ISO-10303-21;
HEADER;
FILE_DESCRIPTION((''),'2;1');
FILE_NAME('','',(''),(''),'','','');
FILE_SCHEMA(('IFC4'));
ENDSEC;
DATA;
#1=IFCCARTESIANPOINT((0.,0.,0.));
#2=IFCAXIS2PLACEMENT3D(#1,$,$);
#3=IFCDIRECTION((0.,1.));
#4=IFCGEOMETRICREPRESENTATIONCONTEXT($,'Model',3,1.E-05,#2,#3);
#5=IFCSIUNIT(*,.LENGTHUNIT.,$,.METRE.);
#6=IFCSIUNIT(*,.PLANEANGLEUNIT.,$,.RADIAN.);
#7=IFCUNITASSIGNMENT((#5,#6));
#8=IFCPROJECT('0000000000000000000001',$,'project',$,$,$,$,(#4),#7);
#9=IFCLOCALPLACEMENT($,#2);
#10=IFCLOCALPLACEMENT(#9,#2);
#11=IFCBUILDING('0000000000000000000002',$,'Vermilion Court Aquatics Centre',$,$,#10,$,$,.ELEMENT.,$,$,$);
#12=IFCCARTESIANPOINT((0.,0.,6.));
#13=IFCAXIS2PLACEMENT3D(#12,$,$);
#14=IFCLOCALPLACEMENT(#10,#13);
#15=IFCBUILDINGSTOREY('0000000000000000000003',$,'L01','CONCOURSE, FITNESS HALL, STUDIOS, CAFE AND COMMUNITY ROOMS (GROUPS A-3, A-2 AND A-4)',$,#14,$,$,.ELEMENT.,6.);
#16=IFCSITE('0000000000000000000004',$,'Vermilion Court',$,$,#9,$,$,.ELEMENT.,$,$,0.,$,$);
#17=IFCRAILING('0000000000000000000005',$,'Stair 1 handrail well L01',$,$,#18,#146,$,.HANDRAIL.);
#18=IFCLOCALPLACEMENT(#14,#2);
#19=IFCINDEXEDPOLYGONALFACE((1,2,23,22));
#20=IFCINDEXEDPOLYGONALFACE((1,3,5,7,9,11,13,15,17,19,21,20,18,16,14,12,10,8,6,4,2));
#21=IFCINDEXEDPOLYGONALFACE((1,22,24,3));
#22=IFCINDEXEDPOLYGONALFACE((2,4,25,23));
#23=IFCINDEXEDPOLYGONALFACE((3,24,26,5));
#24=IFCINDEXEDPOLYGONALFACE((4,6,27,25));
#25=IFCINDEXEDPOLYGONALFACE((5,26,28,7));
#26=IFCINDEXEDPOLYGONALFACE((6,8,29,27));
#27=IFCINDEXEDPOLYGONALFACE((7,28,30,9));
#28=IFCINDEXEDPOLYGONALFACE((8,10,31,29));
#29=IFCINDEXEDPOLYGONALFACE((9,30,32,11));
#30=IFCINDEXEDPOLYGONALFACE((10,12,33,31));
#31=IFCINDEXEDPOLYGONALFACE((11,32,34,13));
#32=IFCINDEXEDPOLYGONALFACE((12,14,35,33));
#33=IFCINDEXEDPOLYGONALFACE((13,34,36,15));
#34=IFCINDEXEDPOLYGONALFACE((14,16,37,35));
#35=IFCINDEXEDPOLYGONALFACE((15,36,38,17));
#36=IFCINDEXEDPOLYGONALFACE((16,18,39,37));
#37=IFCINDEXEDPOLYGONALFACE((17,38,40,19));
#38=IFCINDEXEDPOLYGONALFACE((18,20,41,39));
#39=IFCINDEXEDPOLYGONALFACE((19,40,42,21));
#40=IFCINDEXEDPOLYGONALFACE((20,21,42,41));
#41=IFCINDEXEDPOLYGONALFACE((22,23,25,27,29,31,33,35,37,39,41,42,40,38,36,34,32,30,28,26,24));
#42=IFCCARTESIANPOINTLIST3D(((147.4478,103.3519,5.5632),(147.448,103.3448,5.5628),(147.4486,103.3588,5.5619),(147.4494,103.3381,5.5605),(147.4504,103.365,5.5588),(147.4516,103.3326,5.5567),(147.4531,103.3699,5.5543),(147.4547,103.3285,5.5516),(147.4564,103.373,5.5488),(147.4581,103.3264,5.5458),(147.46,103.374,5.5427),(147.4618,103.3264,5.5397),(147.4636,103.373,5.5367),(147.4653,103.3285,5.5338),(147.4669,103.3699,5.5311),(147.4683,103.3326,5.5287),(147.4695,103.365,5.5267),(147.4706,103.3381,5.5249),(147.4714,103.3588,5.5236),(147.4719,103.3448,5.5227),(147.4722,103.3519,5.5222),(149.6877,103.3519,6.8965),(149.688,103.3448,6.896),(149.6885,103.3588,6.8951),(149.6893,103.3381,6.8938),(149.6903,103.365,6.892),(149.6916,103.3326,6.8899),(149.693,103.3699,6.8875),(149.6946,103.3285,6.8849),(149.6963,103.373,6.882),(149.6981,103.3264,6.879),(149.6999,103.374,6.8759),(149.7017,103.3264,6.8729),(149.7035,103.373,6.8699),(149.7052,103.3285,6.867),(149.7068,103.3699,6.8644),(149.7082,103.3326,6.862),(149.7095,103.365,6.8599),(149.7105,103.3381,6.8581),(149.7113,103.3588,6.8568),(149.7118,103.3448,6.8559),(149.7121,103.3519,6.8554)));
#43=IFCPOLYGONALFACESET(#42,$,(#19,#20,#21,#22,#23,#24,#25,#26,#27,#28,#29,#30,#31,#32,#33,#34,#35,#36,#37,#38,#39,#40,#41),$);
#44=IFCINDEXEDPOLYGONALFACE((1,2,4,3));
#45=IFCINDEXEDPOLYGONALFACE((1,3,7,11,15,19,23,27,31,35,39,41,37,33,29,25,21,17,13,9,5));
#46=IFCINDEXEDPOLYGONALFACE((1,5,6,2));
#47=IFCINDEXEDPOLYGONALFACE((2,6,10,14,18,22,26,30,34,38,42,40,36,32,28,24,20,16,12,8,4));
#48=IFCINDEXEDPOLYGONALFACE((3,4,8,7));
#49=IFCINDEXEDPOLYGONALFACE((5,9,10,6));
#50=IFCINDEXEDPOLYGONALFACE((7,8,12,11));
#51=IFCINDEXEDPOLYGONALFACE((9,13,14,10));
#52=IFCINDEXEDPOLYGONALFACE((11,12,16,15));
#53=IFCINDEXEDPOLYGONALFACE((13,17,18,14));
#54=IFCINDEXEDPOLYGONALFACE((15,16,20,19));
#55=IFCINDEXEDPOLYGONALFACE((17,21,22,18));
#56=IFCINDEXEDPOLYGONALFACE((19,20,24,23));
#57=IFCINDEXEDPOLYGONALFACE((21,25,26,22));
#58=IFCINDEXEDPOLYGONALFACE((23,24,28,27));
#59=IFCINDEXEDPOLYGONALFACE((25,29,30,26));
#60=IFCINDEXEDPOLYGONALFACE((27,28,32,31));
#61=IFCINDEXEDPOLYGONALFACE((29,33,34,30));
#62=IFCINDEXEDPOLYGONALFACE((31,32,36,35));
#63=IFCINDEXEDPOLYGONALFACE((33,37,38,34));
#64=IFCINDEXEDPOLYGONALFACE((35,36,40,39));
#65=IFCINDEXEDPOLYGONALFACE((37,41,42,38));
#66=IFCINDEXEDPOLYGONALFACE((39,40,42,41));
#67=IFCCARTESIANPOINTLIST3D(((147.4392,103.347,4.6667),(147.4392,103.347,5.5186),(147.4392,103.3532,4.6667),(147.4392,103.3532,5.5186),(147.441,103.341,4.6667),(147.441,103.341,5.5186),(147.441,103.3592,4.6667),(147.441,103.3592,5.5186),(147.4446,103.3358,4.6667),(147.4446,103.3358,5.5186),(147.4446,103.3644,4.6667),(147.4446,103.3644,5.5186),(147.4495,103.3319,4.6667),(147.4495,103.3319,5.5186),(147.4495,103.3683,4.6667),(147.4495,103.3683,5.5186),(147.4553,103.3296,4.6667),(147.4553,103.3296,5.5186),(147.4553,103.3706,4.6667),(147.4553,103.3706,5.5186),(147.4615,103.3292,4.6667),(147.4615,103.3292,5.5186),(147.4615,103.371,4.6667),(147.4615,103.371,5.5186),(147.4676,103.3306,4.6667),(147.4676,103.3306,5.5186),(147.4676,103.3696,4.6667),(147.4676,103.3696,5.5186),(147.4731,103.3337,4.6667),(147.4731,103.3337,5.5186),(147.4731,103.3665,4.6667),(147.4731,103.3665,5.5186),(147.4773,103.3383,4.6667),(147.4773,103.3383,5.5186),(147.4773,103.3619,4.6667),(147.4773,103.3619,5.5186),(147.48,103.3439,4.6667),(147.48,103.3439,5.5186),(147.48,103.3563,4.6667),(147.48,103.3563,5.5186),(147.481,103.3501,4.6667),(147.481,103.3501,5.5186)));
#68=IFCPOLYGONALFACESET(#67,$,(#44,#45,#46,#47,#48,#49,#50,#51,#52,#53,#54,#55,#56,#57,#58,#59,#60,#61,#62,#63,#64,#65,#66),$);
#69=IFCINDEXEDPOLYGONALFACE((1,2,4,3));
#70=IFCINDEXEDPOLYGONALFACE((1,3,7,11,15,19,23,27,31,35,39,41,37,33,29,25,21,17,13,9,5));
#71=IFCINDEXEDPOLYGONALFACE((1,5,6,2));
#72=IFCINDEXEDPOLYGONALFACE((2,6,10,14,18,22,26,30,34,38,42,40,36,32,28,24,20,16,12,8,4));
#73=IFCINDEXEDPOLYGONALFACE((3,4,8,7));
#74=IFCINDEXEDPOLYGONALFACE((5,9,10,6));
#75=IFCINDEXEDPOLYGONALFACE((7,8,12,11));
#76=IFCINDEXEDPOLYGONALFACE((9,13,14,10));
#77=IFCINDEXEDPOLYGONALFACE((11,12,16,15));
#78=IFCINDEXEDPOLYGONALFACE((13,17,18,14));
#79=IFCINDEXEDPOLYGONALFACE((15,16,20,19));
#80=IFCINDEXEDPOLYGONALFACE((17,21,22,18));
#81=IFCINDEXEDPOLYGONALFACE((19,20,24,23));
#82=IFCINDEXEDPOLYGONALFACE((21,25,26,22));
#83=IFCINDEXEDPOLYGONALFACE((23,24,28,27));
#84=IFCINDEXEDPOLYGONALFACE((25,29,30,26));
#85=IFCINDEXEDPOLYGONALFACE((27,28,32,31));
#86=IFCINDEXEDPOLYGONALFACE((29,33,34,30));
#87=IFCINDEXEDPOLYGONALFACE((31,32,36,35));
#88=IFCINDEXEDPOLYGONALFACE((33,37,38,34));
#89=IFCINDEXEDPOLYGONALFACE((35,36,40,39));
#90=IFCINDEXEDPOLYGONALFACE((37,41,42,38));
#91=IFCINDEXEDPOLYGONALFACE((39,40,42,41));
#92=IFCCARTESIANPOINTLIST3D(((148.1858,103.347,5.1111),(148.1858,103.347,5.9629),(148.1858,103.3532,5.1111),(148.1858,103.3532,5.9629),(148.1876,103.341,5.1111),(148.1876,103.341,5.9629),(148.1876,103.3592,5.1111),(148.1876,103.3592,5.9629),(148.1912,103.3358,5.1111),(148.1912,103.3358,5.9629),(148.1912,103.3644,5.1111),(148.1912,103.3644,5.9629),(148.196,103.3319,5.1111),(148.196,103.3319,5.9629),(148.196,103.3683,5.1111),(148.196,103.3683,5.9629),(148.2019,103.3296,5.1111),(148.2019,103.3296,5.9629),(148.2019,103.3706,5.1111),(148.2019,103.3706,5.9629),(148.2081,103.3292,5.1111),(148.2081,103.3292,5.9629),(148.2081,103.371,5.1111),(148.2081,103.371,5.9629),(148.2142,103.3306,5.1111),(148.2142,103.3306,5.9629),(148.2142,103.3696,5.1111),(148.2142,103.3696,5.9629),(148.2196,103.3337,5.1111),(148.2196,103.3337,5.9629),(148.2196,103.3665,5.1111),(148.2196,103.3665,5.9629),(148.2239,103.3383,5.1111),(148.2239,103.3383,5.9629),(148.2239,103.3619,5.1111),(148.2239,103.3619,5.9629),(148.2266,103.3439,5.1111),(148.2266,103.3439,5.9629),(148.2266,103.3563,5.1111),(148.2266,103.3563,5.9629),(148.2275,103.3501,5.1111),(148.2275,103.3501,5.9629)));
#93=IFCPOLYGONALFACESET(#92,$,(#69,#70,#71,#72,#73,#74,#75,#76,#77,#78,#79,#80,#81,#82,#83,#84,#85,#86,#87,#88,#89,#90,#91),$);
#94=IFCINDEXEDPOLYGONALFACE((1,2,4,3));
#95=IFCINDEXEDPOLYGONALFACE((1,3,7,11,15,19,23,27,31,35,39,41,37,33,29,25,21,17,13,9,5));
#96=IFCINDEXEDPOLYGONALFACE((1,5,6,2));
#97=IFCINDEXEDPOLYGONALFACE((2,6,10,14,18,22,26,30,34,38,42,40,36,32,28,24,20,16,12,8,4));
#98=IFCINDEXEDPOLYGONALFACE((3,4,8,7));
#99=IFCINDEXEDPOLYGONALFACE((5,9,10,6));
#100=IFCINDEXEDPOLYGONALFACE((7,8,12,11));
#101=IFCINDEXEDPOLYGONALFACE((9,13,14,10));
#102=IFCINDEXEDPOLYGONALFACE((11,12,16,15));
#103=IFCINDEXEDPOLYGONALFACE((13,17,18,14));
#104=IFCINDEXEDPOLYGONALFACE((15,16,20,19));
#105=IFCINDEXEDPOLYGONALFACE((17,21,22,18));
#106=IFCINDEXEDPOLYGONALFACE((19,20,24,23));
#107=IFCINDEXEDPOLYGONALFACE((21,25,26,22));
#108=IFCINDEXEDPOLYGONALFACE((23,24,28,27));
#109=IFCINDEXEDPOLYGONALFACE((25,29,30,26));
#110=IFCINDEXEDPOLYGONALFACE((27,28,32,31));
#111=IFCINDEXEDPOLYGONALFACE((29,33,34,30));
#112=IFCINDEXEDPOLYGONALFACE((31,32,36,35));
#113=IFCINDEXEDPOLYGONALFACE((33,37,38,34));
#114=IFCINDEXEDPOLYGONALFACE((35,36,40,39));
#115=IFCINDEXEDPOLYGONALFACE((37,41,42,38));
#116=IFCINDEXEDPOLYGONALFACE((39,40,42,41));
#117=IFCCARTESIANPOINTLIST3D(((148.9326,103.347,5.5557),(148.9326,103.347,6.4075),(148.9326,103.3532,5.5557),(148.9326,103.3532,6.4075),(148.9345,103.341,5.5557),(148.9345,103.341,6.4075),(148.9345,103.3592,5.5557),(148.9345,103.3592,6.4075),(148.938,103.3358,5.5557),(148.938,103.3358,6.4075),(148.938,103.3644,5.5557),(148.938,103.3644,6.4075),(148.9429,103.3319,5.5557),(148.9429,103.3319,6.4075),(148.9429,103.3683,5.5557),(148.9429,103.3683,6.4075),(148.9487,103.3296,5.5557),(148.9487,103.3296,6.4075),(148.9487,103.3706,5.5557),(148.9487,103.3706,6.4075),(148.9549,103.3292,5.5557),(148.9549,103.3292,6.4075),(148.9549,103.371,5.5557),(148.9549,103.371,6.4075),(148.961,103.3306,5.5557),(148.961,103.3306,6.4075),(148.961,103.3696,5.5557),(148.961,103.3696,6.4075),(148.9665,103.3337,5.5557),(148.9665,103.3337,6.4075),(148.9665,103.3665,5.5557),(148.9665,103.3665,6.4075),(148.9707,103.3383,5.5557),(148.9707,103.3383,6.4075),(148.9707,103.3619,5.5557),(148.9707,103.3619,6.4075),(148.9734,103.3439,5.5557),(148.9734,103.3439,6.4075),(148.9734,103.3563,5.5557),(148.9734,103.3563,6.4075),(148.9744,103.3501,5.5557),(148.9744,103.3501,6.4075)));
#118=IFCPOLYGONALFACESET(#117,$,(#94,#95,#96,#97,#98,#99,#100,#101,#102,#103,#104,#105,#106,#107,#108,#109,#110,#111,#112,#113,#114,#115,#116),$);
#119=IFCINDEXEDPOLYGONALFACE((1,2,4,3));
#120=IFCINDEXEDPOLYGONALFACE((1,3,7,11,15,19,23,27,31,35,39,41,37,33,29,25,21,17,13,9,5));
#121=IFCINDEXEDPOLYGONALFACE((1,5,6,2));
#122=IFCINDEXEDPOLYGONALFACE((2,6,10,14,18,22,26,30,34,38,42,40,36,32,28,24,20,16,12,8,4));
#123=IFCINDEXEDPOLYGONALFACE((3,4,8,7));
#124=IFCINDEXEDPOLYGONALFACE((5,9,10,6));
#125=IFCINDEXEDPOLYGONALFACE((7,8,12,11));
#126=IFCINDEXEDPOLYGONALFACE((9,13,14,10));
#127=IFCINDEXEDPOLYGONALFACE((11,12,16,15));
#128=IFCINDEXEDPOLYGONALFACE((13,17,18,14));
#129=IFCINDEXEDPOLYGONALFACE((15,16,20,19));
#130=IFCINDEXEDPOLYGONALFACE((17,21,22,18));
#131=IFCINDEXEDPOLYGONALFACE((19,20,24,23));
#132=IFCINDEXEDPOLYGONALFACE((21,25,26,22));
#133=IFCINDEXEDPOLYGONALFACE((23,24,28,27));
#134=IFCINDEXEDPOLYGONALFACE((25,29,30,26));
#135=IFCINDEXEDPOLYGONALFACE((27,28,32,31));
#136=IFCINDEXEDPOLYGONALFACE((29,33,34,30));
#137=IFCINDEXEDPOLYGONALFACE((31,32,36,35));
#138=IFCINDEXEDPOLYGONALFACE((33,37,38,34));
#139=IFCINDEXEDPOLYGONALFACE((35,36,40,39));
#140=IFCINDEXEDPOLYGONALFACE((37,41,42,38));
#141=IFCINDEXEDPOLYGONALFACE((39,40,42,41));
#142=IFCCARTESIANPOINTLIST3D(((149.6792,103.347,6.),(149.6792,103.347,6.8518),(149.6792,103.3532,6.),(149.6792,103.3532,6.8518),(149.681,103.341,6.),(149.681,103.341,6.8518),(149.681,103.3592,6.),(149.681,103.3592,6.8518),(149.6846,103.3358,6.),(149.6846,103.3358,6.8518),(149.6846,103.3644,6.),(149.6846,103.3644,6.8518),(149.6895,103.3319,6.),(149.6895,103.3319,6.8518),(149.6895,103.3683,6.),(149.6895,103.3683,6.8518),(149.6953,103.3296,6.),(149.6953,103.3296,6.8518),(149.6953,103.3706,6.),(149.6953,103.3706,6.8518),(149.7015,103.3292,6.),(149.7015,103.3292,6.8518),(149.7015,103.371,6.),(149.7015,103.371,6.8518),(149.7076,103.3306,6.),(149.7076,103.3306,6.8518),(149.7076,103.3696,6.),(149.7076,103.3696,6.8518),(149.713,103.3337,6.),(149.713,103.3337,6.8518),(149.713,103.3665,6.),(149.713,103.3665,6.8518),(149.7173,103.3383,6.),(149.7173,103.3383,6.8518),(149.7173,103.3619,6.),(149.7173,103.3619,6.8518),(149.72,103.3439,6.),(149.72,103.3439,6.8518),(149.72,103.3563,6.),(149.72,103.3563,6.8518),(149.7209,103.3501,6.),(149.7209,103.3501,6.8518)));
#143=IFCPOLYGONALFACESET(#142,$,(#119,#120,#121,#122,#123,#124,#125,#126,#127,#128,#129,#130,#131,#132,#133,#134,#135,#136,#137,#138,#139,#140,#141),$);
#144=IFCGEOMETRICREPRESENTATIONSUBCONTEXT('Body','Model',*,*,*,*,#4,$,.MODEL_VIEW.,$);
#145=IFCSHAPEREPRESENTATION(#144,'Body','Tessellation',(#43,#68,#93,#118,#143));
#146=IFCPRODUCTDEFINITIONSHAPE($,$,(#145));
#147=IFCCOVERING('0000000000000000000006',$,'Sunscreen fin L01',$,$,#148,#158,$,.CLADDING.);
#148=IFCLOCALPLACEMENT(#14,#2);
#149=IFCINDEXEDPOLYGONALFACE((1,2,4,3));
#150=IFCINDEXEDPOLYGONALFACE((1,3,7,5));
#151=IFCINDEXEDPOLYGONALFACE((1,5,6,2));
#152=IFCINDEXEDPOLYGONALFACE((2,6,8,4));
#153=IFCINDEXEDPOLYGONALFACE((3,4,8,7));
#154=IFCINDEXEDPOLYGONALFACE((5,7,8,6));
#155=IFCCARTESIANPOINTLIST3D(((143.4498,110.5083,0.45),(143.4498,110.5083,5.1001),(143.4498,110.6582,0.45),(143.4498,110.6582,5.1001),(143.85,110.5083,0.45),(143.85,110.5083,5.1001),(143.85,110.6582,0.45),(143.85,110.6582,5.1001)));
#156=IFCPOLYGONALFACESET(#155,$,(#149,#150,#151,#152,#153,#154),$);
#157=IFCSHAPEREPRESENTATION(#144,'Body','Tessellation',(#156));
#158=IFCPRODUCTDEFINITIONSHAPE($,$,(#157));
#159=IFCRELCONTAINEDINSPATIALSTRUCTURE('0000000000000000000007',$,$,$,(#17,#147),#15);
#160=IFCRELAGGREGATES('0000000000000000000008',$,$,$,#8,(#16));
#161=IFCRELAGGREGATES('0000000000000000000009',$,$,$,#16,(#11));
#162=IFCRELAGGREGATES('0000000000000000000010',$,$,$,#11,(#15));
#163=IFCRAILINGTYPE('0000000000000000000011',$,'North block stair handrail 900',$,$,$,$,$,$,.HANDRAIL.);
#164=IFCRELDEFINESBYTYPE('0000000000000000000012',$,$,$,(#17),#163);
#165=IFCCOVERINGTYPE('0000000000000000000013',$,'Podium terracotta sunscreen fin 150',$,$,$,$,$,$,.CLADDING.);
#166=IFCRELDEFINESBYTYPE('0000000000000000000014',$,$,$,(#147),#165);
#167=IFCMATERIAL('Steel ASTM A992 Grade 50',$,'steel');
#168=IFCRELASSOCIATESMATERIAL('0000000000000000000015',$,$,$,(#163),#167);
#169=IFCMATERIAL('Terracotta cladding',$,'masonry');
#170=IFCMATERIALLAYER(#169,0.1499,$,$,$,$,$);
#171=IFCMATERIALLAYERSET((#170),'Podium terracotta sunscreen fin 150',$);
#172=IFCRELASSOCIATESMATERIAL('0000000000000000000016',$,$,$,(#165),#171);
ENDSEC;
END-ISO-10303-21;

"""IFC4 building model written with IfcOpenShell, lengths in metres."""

from ifc_helpers import new_model, si_unit, direction, frame, frame_2d, origin, origin_2d, place, context, subcontext, project, spatial, rectangle, circle, extrude, material, layer, layer_set, type_object, element, save


model = new_model("IFC4")

# Units and contexts
model_context = context("Model", 3, precision=1e-05, world=origin(), true_north=direction((0.0, 1.0)))
body_context = subcontext(model_context, "Body", "Model", "MODEL_VIEW")
ifc_project = project(units=[si_unit("LENGTHUNIT", "METRE"), si_unit("PLANEANGLEUNIT", "RADIAN")], contexts=[model_context])

# Site, building, storey
site_placement = place(None, origin())
site = spatial("IfcSite", under=ifc_project, at=site_placement, Name="Vermilion Court", CompositionType="ELEMENT", RefElevation=0.0)
building_placement = place(site_placement, origin())
building = spatial("IfcBuilding", under=site, at=building_placement, Name="Vermilion Court Aquatics Centre", CompositionType="ELEMENT")
storey_placement = place(building_placement, frame((0.0, 0.0, 6.0)))
storey = spatial("IfcBuildingStorey", under=building, at=storey_placement, Name="L01", Description="CONCOURSE, FITNESS HALL, STUDIOS, CAFE AND COMMUNITY ROOMS (GROUPS A-3, A-2 AND A-4)", CompositionType="ELEMENT", Elevation=6.0)

# Railing
ifc_material_1 = material(Name="Steel ASTM A992 Grade 50", Category="steel")
railing_type = type_object("IfcRailingType", Name="North block stair handrail 900", PredefinedType="HANDRAIL", material=ifc_material_1)
for number, where, name in (
    (1, (147.46, 103.3501, 4.6667), "Stair 1 handrail well L01"),
):
    element("IfcRailing", number, at=place(storey_placement, frame(where)), inside=storey, type_object=railing_type, Name=name, PredefinedType="HANDRAIL", context=body_context, shape_type="SweptSolid", body=[
        extrude(circle(Radius=0.0239, at=origin_2d()), frame((0.0, 0.0, 0.876), z_axis=(0.859306, 0.0, 0.511462), x_axis=(0.0, 1.0, 0.0)), (0.0, 0.0, 1.0), 2.6067),
        extrude(circle(Radius=0.021, at=origin_2d()), origin(), (0.0, 0.0, 1.0), 0.8518),
        extrude(circle(Radius=0.021, at=origin_2d()), frame((0.7466, 0.0, 0.4443)), (0.0, 0.0, 1.0), 0.8518),
        extrude(circle(Radius=0.021, at=origin_2d()), frame((1.4934, 0.0, 0.8889)), (0.0, 0.0, 1.0), 0.8518),
        extrude(circle(Radius=0.021, at=origin_2d()), frame((2.24, 0.0, 1.3333)), (0.0, 0.0, 1.0), 0.8518),
    ])

# Covering
ifc_material_2 = material(Name="Terracotta cladding", Category="masonry")
ifc_layer_1 = layer(ifc_material_2, 0.1499)
ifc_layer_set_1 = layer_set([ifc_layer_1], Name="Podium terracotta sunscreen fin 150")
covering_type = type_object("IfcCoveringType", Name="Podium terracotta sunscreen fin 150", PredefinedType="CLADDING", material=ifc_layer_set_1)
covering_placement = place(storey_placement, frame((143.8501, 110.5833, 0.45), z_axis=(0.0, 0.0, 1.0), x_axis=(-1.0, 0.0, 0.0)))
element("IfcCovering", 2, at=covering_placement, inside=storey, type_object=covering_type, Name="Sunscreen fin L01", PredefinedType="CLADDING", context=body_context, shape_type="SweptSolid", body=[
    extrude(rectangle(XDim=0.4001, YDim=0.1499, at=frame_2d((0.2002, 0.0))), origin(), (0.0, 0.0, 1.0), 4.6501),
])

save(model, "model.ifc")
